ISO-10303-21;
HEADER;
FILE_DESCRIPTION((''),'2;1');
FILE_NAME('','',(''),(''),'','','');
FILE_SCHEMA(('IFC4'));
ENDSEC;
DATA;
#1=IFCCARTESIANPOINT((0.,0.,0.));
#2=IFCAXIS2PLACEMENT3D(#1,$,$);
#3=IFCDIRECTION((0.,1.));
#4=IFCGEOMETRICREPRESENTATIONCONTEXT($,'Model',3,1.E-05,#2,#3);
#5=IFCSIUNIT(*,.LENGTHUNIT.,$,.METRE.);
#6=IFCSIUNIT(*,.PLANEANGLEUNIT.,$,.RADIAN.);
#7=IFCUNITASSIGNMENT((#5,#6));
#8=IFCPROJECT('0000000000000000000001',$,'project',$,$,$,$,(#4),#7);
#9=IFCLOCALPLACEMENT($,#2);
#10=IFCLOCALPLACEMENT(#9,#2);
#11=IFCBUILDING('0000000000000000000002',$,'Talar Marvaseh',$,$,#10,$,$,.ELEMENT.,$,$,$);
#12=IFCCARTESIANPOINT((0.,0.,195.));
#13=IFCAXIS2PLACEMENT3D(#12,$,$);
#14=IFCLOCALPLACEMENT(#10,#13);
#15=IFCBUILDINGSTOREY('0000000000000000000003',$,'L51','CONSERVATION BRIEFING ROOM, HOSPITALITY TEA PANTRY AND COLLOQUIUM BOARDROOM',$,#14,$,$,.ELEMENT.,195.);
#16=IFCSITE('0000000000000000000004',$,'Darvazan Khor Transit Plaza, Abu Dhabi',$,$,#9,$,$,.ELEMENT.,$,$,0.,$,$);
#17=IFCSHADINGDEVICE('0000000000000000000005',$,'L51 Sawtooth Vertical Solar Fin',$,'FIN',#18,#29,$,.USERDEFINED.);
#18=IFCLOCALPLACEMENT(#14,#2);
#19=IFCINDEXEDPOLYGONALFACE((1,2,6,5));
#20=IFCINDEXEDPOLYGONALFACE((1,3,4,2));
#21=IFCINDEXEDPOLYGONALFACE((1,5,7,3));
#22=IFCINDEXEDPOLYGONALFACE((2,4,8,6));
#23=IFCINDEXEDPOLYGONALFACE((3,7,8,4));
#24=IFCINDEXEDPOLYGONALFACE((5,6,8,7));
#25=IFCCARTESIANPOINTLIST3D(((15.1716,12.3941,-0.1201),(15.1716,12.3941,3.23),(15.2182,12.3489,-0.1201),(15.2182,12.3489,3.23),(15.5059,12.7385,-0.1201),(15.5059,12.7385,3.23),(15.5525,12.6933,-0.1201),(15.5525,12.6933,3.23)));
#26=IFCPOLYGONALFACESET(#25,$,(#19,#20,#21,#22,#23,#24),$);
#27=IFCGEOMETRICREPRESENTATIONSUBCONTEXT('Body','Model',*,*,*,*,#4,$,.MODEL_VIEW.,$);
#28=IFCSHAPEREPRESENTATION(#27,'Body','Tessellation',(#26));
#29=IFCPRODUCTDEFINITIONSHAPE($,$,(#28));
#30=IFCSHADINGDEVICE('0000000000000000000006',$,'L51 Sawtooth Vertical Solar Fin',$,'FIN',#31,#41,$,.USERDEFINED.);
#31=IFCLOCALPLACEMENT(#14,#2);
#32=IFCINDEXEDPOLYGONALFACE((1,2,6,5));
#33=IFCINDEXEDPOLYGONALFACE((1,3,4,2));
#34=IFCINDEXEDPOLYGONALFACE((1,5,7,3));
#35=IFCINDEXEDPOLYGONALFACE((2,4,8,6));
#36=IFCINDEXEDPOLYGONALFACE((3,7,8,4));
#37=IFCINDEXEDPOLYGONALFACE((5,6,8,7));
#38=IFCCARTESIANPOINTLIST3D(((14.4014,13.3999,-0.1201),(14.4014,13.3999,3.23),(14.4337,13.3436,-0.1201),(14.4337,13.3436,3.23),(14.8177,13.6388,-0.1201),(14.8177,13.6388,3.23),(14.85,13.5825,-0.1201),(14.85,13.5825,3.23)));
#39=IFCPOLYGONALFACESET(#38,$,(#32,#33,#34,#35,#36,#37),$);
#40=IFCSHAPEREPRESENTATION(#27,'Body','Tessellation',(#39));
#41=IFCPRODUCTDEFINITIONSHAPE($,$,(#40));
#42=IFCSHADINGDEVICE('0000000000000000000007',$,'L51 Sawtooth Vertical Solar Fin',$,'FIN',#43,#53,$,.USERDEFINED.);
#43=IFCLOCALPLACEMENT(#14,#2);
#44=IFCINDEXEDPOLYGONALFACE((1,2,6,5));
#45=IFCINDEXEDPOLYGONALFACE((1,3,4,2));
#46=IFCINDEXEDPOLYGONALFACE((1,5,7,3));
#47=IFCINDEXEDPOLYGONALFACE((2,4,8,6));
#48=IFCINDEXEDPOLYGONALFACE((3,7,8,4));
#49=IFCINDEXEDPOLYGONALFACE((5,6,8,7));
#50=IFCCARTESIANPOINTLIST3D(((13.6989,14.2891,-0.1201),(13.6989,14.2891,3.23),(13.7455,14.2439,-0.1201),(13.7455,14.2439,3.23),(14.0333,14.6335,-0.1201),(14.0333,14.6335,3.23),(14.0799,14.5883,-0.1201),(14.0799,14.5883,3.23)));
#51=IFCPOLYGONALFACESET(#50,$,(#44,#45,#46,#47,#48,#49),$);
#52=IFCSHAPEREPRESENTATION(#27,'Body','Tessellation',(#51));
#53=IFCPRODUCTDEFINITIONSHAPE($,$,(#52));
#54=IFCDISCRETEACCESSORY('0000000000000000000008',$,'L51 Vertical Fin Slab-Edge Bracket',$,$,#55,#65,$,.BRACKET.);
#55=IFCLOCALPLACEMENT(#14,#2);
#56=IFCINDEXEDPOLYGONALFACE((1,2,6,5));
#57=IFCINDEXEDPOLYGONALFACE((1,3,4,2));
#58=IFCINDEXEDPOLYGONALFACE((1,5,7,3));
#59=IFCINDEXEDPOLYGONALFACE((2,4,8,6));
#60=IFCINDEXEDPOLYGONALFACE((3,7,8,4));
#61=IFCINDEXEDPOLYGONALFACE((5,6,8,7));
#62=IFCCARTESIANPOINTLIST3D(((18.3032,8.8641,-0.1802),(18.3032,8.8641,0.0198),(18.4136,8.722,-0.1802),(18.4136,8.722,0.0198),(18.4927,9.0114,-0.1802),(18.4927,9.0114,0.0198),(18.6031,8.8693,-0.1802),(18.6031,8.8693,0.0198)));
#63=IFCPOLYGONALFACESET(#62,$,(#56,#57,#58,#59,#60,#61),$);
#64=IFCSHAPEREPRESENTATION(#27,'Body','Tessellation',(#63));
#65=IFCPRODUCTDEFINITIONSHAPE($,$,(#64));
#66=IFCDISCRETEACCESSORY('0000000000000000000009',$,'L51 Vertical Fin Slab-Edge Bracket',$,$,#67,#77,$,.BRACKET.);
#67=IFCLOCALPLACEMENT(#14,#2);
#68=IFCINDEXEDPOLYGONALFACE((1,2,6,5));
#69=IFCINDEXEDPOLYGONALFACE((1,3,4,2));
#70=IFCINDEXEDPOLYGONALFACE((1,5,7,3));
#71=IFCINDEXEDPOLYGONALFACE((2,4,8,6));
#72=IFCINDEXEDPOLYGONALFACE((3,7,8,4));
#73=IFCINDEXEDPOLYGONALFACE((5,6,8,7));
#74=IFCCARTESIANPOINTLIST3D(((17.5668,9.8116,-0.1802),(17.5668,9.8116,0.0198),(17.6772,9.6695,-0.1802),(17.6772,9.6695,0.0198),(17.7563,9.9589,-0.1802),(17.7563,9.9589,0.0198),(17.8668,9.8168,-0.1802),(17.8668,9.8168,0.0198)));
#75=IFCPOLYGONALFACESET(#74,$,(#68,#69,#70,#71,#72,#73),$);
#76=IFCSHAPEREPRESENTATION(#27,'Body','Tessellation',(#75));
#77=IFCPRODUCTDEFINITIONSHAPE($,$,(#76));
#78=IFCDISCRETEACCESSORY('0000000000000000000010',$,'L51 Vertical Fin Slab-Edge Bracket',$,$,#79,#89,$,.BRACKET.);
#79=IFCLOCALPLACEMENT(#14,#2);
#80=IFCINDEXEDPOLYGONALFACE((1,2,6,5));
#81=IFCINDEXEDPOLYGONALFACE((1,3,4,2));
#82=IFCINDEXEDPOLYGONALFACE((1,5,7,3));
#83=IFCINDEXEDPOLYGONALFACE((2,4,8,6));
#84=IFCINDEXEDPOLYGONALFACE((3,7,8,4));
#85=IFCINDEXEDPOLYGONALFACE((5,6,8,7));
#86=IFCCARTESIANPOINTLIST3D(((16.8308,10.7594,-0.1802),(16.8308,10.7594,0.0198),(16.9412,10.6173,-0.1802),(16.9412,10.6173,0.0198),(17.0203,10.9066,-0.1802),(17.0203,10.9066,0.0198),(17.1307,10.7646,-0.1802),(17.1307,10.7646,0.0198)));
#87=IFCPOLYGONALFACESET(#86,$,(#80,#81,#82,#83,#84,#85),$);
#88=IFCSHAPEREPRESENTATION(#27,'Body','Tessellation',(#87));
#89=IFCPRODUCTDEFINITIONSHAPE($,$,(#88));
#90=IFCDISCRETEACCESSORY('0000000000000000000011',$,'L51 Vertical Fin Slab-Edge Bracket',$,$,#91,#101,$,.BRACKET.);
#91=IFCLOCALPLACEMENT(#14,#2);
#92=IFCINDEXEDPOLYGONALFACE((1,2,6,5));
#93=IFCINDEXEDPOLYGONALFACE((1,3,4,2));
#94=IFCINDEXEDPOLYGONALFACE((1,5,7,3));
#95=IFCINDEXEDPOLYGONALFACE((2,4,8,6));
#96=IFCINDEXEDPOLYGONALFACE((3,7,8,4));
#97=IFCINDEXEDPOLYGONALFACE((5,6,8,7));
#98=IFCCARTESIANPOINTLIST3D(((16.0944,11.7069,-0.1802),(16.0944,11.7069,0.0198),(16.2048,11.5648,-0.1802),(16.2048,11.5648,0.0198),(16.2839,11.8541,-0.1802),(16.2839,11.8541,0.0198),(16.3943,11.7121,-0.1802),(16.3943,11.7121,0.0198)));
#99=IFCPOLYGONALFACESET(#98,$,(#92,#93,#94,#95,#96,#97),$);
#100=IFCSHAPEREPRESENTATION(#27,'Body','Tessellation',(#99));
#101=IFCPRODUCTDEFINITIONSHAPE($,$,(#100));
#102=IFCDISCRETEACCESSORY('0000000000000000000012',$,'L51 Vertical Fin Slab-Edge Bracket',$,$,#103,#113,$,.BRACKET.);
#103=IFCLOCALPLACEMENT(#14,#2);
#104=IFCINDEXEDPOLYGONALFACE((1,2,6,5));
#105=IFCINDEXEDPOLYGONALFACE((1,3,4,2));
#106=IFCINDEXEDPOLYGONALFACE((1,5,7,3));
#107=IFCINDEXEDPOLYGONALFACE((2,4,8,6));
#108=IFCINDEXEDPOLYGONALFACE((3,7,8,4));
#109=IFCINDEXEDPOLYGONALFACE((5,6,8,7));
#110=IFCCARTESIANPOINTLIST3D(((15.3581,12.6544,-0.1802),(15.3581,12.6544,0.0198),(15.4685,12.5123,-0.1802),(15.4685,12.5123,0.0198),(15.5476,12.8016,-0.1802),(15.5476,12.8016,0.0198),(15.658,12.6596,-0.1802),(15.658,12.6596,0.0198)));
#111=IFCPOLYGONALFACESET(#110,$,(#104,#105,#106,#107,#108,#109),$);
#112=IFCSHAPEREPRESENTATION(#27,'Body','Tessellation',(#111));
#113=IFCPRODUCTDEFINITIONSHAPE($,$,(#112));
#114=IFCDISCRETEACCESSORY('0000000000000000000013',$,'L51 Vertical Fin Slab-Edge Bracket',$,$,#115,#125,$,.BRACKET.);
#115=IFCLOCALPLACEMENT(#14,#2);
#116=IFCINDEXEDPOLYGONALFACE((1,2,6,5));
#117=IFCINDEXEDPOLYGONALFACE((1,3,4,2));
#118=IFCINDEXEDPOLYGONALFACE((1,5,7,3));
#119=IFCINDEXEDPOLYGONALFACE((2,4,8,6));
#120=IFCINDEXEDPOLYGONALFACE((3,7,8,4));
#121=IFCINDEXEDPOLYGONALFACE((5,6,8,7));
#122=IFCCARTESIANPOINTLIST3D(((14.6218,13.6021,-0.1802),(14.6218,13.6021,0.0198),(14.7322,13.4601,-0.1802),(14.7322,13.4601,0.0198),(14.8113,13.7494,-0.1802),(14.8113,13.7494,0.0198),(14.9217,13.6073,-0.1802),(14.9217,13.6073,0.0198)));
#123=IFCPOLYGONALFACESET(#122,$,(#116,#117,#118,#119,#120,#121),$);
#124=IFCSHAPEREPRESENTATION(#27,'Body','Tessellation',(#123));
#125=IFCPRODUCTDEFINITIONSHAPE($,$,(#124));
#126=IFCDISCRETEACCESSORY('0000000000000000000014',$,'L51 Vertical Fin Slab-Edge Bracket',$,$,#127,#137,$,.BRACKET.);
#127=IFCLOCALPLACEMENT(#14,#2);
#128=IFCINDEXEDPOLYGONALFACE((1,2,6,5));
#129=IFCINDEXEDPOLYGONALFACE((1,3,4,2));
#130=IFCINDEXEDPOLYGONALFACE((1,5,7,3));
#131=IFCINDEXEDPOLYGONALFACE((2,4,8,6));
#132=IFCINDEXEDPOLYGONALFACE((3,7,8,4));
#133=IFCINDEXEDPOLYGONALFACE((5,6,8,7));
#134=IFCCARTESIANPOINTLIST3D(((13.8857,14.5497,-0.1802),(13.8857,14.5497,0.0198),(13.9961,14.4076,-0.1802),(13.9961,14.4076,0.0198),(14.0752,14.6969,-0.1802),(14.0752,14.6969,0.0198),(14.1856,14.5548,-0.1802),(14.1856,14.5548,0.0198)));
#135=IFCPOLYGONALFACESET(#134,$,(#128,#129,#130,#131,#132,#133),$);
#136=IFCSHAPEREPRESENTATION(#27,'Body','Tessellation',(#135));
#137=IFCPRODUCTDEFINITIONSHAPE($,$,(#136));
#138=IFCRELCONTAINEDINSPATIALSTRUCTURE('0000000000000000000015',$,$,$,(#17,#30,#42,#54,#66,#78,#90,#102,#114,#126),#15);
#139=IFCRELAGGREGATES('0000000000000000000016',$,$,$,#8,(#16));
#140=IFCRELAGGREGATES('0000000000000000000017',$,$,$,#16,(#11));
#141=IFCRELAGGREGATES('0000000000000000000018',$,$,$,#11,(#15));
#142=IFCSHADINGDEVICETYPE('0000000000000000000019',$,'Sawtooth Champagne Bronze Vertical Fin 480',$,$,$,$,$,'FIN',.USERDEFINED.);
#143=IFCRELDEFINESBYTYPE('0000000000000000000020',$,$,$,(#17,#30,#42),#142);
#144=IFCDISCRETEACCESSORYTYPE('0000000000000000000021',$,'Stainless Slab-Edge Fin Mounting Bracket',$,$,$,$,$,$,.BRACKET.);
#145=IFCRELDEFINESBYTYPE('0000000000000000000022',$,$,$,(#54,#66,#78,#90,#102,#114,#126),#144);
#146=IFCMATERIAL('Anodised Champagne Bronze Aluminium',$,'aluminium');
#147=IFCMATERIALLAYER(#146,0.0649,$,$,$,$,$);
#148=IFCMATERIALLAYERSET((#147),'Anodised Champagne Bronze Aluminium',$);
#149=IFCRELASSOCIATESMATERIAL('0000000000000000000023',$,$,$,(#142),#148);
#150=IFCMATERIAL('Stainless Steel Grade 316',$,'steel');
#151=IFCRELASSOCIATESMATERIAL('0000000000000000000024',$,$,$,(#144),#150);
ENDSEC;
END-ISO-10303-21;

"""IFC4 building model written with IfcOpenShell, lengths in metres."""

from ifc_helpers import new_model, si_unit, direction, frame, origin, origin_2d, place, context, subcontext, project, spatial, rectangle, extrude, source, transform, mapped, material, layer, layer_set, type_object, type_shapes, element, save


model = new_model("IFC4")

# Units and contexts
model_context = context("Model", 3, precision=1e-05, world=origin(), true_north=direction((0.0, 1.0)))
body_context = subcontext(model_context, "Body", "Model", "MODEL_VIEW")
ifc_project = project(units=[si_unit("LENGTHUNIT", "METRE"), si_unit("PLANEANGLEUNIT", "RADIAN")], contexts=[model_context])

# Site, building, storey
site_placement = place(None, origin())
site = spatial("IfcSite", under=ifc_project, at=site_placement, Name="Darvazan Khor Transit Plaza, Abu Dhabi", CompositionType="ELEMENT", RefElevation=0.0)
building_placement = place(site_placement, origin())
building = spatial("IfcBuilding", under=site, at=building_placement, Name="Talar Marvaseh", CompositionType="ELEMENT")
storey_placement = place(building_placement, frame((0.0, 0.0, 195.0)))
storey = spatial("IfcBuildingStorey", under=building, at=storey_placement, Name="L51", Description="CONSERVATION BRIEFING ROOM, HOSPITALITY TEA PANTRY AND COLLOQUIUM BOARDROOM", CompositionType="ELEMENT", Elevation=195.0)

# Shading devices
ifc_material_1 = material(Name="Anodised Champagne Bronze Aluminium", Category="aluminium")
ifc_layer_1 = layer(ifc_material_1, 0.0649)
ifc_layer_set_1 = layer_set([ifc_layer_1], Name="Anodised Champagne Bronze Aluminium")
shading_device_type_1 = type_object("IfcShadingDeviceType", Name="Sawtooth Champagne Bronze Vertical Fin 480", ElementType="FIN", PredefinedType="USERDEFINED", material=ifc_layer_set_1)
shared_shape_1 = source(origin(), body_context, "Body", "SweptSolid", [
    extrude(rectangle(XDim=0.48, YDim=0.0649, at=origin_2d()), origin(), (0.0, 0.0, 1.0), 3.3501),
])
type_shapes(shading_device_type_1, [shared_shape_1])
for number, where, z_axis, x_axis, name in (
    (1, (15.3621, 12.5437, -0.1201), (0.0, 0.0, 1.0), (-0.696539, -0.717519, 0.0), "L51 Sawtooth Vertical Solar Fin"),
    (2, (14.6257, 13.4912, -0.1201), (0.0, 0.0, 1.0), (-0.867331, -0.497731, 0.0), "L51 Sawtooth Vertical Solar Fin"),
    (3, (13.8894, 14.4387, -0.1201), (0.0, 0.0, 1.0), (-0.696539, -0.717519, 0.0), "L51 Sawtooth Vertical Solar Fin"),
):
    element("IfcShadingDevice", number, at=place(storey_placement, frame(where, z_axis=z_axis, x_axis=x_axis)), inside=storey, type_object=shading_device_type_1, Name=name, ObjectType="FIN", PredefinedType="USERDEFINED", context=body_context, shape_type="MappedRepresentation", body=[
        mapped(shared_shape_1, transform((0.0, 0.0, 0.0), x_axis=(1.0, 0.0, 0.0), y_axis=(0.0, 1.0, 0.0), z_axis=(0.0, 0.0, 1.0), scale=1.0)),
    ])

# Discrete accessories
ifc_material_2 = material(Name="Stainless Steel Grade 316", Category="steel")
discrete_accessory_type = type_object("IfcDiscreteAccessoryType", Name="Stainless Slab-Edge Fin Mounting Bracket", PredefinedType="BRACKET", material=ifc_material_2)
shared_shape_2 = source(origin(), body_context, "Body", "SweptSolid", [
    extrude(rectangle(XDim=0.24, YDim=0.1799, at=origin_2d()), origin(), (0.0, 0.0, 1.0), 0.2),
])
type_shapes(discrete_accessory_type, [shared_shape_2])
for number, where, z_axis, x_axis, name in (
    (4, (18.4531, 8.8667, -0.1802), (0.0, 0.0, 1.0), (-0.78962, -0.613596, 0.0), "L51 Vertical Fin Slab-Edge Bracket"),
    (5, (17.7168, 9.8142, -0.1802), (0.0, 0.0, 1.0), (-0.78962, -0.613596, 0.0), "L51 Vertical Fin Slab-Edge Bracket"),
    (6, (16.9807, 10.762, -0.1802), (0.0, 0.0, 1.0), (-0.78962, -0.613596, 0.0), "L51 Vertical Fin Slab-Edge Bracket"),
    (7, (16.2444, 11.7095, -0.1802), (0.0, 0.0, 1.0), (-0.78962, -0.613596, 0.0), "L51 Vertical Fin Slab-Edge Bracket"),
    (8, (15.5081, 12.657, -0.1802), (0.0, 0.0, 1.0), (-0.78962, -0.613596, 0.0), "L51 Vertical Fin Slab-Edge Bracket"),
    (9, (14.7717, 13.6047, -0.1802), (0.0, 0.0, 1.0), (-0.78962, -0.613596, 0.0), "L51 Vertical Fin Slab-Edge Bracket"),
    (10, (14.0356, 14.5522, -0.1802), (0.0, 0.0, 1.0), (-0.78962, -0.613596, 0.0), "L51 Vertical Fin Slab-Edge Bracket"),
):
    element("IfcDiscreteAccessory", number, at=place(storey_placement, frame(where, z_axis=z_axis, x_axis=x_axis)), inside=storey, type_object=discrete_accessory_type, Name=name, PredefinedType="BRACKET", context=body_context, shape_type="MappedRepresentation", body=[
        mapped(shared_shape_2, transform((0.0, 0.0, 0.0), x_axis=(1.0, 0.0, 0.0), y_axis=(0.0, 1.0, 0.0), z_axis=(0.0, 0.0, 1.0), scale=1.0)),
    ])

save(model, "model.ifc")
